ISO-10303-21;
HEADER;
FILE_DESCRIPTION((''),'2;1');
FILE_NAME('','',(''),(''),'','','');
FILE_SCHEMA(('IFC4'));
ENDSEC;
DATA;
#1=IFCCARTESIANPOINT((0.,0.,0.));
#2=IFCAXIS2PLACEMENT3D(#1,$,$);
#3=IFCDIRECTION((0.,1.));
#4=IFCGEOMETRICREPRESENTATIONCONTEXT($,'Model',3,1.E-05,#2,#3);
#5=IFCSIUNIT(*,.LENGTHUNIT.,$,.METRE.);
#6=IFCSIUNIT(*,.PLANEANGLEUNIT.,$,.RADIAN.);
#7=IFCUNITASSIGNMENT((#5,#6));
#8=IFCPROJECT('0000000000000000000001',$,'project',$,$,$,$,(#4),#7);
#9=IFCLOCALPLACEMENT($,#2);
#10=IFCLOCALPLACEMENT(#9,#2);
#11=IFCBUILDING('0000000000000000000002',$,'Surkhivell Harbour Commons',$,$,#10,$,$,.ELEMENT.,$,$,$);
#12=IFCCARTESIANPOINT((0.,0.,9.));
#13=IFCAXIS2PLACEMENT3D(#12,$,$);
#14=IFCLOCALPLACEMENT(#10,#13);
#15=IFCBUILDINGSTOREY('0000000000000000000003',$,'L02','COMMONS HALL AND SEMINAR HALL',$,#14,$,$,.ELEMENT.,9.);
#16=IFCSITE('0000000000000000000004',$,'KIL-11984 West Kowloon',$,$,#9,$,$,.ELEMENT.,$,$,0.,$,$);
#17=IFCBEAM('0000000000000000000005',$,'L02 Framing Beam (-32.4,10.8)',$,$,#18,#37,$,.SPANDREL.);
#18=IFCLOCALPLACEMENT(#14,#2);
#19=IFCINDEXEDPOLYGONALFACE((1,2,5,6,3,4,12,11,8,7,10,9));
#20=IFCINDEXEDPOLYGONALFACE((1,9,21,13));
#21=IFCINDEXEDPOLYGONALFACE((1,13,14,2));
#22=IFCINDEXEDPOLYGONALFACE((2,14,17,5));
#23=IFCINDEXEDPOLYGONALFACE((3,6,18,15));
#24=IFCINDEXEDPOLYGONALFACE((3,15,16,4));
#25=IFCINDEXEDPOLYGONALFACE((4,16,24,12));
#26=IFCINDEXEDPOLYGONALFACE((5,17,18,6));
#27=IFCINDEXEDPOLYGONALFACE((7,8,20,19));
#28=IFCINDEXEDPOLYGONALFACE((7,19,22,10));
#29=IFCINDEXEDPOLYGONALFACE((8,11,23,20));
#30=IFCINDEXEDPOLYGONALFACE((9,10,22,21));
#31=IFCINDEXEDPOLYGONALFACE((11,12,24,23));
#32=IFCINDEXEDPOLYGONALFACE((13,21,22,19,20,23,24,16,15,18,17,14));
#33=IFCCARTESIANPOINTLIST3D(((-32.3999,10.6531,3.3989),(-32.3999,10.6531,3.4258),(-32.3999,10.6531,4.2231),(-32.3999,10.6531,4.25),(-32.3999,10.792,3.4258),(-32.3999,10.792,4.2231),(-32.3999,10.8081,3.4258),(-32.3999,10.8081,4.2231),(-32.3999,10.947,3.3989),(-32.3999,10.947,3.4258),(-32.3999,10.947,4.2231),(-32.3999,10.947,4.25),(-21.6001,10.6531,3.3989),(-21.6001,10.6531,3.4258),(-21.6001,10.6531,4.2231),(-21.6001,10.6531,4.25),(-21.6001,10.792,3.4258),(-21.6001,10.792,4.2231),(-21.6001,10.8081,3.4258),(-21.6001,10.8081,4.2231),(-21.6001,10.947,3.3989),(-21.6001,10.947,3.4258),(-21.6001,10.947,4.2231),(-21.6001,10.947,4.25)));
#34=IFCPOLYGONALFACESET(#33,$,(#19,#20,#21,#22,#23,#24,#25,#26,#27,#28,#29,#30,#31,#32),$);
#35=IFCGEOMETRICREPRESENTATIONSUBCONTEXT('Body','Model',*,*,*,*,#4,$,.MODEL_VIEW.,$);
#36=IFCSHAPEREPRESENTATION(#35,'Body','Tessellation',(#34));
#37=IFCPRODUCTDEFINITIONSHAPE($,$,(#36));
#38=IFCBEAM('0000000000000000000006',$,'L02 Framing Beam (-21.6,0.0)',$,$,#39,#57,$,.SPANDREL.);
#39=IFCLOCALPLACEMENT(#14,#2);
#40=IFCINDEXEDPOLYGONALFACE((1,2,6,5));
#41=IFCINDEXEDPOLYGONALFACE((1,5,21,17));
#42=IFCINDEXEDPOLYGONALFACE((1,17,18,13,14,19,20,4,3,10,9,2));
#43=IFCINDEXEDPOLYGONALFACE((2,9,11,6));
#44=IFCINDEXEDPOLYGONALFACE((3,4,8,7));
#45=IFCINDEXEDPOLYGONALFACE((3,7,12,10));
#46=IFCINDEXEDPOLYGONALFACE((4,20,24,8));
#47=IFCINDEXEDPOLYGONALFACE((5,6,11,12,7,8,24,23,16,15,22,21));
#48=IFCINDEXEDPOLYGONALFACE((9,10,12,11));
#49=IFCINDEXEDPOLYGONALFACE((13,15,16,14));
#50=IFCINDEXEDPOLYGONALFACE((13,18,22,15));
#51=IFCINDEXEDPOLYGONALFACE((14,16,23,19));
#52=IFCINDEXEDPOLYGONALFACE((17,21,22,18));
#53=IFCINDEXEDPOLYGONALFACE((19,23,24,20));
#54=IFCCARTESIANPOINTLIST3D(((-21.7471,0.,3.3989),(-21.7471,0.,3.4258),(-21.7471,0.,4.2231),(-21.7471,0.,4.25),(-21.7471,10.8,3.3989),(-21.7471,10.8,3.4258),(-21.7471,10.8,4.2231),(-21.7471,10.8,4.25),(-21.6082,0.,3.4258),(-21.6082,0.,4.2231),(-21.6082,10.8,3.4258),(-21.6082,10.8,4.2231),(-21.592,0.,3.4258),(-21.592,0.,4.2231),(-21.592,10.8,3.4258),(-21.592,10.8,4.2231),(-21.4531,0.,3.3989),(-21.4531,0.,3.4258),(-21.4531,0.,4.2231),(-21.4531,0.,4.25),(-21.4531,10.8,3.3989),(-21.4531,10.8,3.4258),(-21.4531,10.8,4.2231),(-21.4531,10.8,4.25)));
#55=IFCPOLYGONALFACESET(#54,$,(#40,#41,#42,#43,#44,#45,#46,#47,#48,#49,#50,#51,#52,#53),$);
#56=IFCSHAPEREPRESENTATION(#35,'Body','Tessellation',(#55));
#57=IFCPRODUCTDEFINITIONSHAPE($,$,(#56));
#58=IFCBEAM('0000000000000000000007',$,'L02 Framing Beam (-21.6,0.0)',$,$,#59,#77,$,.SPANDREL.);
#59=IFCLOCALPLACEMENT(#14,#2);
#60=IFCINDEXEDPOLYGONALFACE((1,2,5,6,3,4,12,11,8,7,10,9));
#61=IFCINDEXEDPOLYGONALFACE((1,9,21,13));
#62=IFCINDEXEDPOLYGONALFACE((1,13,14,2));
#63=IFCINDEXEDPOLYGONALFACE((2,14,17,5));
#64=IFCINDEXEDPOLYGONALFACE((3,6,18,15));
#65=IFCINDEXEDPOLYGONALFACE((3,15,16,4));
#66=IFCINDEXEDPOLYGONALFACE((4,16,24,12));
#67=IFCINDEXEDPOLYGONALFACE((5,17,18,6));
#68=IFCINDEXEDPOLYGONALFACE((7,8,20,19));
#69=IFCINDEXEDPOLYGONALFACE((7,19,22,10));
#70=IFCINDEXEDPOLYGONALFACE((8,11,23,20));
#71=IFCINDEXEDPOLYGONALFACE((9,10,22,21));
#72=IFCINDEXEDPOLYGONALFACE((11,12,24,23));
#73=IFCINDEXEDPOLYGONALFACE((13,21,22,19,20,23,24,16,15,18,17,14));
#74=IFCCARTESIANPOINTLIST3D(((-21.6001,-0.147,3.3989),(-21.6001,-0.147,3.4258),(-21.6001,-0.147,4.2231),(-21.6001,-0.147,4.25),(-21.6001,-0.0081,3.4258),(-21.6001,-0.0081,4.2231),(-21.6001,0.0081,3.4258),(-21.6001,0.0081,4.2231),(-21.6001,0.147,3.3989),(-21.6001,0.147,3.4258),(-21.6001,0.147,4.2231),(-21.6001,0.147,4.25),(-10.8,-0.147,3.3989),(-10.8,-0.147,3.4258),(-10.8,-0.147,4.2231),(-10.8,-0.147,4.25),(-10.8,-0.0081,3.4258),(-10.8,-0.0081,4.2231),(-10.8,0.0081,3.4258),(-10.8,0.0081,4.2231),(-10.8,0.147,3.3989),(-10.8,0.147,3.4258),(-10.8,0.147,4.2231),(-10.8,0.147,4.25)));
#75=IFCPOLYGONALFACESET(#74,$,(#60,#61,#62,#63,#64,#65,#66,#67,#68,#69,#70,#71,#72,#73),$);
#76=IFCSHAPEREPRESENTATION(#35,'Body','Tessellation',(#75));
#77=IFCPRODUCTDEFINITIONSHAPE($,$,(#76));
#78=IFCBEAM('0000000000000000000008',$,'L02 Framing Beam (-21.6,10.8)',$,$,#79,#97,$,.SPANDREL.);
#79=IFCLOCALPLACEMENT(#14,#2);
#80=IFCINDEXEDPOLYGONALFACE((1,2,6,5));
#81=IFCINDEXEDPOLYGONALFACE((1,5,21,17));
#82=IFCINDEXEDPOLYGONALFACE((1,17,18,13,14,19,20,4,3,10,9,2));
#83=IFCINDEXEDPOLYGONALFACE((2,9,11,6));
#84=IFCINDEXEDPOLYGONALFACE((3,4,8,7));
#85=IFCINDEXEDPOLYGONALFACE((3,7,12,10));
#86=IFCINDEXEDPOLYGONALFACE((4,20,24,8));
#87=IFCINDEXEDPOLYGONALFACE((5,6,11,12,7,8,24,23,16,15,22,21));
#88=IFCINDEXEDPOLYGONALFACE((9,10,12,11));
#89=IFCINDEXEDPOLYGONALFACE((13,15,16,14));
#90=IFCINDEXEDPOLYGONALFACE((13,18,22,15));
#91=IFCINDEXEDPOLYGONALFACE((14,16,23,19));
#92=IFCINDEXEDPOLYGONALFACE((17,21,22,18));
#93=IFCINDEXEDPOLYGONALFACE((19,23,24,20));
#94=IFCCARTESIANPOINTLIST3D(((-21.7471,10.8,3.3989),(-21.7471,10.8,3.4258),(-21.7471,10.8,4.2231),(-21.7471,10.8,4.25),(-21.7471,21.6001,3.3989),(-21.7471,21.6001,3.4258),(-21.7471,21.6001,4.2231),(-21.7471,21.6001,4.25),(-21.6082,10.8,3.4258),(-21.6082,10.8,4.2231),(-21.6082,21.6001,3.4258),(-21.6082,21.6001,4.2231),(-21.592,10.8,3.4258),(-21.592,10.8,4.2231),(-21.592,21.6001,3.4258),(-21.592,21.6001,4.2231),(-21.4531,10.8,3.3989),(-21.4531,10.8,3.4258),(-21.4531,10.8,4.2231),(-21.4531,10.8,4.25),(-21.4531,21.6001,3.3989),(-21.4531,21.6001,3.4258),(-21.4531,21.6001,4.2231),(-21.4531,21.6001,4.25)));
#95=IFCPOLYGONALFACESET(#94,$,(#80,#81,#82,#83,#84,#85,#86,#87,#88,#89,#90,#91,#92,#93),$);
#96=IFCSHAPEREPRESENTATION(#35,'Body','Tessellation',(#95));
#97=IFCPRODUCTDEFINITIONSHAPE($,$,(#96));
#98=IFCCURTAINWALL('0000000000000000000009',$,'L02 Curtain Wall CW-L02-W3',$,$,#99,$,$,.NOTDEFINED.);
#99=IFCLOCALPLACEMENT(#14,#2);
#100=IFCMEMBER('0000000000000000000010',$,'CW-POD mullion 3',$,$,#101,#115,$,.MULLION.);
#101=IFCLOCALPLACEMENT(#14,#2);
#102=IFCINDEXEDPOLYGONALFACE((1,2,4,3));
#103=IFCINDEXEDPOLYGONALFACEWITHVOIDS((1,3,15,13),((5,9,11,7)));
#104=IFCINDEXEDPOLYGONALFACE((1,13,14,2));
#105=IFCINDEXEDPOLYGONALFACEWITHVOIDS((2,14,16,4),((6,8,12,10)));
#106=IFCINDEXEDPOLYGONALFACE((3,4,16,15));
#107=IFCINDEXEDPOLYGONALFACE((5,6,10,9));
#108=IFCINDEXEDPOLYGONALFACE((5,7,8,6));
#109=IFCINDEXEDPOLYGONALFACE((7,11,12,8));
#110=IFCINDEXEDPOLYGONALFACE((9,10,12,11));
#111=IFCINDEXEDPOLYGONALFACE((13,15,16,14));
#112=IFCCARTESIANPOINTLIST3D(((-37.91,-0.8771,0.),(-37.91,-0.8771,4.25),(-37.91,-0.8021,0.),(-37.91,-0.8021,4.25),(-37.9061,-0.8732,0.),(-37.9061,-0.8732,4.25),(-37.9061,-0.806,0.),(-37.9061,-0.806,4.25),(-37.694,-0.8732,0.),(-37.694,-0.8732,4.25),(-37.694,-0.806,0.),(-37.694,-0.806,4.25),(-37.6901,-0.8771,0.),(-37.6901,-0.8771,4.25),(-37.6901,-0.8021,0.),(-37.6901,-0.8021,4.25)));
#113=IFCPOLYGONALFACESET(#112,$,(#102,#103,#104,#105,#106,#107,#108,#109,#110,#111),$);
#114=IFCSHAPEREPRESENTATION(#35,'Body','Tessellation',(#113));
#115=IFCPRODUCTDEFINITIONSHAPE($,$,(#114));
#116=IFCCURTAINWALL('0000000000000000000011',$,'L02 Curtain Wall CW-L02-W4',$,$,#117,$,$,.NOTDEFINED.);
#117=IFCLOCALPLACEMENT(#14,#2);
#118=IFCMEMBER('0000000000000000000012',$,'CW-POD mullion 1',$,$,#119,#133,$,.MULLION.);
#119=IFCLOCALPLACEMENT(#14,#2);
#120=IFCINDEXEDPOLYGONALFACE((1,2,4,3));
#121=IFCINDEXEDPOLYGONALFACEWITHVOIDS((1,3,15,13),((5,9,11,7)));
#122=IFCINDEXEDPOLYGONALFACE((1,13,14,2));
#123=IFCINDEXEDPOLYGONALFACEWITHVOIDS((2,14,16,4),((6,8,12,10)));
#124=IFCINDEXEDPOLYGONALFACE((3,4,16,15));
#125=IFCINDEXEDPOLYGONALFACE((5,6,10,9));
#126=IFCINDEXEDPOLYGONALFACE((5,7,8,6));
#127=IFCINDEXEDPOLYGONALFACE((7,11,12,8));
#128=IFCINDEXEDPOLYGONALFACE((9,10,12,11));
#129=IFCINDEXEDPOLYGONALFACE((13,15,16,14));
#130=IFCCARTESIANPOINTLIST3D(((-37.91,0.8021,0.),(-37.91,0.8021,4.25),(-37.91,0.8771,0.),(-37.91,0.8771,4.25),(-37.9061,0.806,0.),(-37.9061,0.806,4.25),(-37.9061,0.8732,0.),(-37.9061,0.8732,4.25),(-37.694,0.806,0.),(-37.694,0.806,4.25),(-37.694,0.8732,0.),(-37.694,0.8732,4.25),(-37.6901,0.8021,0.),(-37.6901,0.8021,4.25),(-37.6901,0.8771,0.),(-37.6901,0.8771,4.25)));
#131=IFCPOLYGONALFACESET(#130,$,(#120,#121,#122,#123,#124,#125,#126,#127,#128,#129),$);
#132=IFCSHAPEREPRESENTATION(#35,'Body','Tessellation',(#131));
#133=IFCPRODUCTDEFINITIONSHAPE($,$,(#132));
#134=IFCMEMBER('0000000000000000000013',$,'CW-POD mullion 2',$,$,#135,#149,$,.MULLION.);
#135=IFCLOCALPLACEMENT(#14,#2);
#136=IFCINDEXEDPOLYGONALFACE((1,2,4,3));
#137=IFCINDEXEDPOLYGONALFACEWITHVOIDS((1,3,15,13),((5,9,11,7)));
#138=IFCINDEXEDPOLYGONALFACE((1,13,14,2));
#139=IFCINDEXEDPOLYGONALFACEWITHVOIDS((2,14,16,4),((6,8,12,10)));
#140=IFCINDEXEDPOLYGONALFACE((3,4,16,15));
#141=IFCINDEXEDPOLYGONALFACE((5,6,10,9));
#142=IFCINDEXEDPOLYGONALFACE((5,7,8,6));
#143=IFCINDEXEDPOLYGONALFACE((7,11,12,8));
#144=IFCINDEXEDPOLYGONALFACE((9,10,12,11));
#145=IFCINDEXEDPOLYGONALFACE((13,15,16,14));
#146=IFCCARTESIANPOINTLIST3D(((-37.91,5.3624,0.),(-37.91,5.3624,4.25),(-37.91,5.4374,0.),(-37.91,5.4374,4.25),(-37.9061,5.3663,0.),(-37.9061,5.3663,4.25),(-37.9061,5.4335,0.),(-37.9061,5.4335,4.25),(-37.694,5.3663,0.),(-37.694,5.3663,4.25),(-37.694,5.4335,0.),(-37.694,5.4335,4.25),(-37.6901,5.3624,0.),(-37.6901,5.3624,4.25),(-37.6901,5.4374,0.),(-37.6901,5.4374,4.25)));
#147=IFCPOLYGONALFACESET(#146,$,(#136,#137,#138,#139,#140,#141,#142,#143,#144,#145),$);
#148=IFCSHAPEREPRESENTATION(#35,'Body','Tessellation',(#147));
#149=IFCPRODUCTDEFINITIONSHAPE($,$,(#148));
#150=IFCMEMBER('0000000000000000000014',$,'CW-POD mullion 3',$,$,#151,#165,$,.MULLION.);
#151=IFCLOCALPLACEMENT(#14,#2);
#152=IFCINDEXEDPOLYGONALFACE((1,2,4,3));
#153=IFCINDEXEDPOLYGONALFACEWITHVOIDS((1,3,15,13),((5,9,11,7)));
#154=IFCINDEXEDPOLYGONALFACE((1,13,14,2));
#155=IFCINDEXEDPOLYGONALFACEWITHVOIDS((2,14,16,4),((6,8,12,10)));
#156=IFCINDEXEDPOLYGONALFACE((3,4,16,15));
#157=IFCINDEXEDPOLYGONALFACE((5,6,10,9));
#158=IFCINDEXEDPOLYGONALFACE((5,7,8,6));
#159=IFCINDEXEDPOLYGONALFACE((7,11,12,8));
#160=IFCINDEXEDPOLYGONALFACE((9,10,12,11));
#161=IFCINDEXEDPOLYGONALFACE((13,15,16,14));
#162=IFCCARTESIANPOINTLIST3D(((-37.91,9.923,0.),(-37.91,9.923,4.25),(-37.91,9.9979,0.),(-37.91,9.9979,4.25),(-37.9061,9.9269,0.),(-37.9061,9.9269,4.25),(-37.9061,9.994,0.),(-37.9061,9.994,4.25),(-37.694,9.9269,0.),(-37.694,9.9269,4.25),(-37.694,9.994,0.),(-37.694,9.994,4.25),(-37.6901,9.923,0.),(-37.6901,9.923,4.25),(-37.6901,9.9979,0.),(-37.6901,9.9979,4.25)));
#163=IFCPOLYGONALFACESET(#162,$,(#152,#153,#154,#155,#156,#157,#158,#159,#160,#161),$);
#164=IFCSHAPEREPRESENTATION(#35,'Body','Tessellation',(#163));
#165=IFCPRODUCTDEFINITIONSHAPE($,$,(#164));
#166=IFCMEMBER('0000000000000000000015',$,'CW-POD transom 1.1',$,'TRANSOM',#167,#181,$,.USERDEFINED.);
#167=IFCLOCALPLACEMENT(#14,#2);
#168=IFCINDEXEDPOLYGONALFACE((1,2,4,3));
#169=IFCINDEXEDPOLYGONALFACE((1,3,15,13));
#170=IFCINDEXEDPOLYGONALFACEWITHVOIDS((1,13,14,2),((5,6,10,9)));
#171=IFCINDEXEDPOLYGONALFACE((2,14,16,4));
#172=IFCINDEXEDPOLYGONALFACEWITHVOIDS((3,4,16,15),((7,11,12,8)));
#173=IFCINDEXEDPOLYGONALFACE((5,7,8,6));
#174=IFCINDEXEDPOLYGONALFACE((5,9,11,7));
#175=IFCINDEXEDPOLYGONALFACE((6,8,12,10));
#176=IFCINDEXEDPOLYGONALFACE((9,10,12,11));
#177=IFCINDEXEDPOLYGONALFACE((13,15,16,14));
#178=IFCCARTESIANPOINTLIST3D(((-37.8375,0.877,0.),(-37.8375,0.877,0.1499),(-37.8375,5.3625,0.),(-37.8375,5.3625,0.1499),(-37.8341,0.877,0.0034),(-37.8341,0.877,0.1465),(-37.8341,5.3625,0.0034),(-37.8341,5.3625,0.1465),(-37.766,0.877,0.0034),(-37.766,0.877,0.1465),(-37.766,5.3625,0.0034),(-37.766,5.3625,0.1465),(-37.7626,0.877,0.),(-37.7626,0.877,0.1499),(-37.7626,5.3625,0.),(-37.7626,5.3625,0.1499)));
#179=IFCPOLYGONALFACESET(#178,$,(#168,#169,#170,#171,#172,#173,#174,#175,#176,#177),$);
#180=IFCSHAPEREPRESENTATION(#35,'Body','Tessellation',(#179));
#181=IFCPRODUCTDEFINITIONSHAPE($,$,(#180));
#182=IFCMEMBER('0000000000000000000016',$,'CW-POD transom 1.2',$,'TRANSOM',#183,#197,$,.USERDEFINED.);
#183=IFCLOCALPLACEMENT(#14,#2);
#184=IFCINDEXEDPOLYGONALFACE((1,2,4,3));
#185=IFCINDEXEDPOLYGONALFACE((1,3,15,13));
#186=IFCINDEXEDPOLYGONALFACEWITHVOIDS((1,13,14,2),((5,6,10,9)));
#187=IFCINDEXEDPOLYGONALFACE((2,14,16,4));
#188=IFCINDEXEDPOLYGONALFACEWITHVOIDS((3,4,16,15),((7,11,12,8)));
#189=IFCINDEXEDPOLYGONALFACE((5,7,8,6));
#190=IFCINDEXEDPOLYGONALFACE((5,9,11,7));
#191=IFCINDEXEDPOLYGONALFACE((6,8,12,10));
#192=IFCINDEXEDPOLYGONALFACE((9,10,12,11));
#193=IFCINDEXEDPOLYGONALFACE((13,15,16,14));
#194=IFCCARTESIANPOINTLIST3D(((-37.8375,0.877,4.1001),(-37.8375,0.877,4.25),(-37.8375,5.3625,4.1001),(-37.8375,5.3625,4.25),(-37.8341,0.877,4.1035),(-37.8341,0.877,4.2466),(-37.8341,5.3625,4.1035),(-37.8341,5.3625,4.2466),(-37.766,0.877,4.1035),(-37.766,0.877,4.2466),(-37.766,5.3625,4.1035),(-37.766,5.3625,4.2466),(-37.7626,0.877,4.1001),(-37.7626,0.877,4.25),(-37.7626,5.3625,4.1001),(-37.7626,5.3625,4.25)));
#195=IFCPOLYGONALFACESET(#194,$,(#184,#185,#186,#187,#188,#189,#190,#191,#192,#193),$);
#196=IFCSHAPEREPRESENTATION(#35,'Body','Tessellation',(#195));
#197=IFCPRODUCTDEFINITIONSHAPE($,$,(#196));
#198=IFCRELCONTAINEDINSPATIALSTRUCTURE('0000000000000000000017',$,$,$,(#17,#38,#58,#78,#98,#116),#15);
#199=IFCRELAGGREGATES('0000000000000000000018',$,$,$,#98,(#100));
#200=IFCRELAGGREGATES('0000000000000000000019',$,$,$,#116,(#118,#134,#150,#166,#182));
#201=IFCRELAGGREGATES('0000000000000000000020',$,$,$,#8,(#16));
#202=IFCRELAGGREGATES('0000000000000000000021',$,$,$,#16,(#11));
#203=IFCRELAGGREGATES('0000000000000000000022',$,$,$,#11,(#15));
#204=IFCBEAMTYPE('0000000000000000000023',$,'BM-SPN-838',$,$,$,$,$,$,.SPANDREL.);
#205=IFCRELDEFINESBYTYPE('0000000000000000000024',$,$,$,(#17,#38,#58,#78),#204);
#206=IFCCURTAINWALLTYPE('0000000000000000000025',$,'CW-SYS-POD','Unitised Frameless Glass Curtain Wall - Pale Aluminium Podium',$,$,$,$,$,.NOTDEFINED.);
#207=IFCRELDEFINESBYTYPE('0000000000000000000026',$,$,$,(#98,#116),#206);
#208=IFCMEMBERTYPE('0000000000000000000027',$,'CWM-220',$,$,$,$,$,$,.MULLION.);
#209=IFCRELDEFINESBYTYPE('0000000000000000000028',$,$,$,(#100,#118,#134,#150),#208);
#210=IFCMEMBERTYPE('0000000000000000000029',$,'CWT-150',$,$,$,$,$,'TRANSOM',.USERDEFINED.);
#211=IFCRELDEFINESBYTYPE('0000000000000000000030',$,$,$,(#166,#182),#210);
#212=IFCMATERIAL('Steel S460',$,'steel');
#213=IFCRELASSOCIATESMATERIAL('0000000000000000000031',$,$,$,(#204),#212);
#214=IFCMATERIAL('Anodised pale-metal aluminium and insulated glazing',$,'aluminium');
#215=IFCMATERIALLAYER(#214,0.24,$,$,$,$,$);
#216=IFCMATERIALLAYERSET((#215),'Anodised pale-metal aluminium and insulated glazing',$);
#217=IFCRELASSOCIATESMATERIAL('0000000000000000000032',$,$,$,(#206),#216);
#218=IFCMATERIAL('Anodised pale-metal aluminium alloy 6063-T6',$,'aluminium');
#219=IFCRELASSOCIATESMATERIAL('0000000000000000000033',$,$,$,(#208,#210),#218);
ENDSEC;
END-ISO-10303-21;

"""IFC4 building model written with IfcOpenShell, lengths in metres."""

from ifc_helpers import new_model, si_unit, direction, frame, origin, origin_2d, place, context, subcontext, project, spatial, hollow_rectangle, i_section, extrude, material, layer, layer_set, material_profile, profile_set, type_object, element, aggregate, save


model = new_model("IFC4")

# Units and contexts
model_context = context("Model", 3, precision=1e-05, world=origin(), true_north=direction((0.0, 1.0)))
body_context = subcontext(model_context, "Body", "Model", "MODEL_VIEW")
ifc_project = project(units=[si_unit("LENGTHUNIT", "METRE"), si_unit("PLANEANGLEUNIT", "RADIAN")], contexts=[model_context])

# Site, building, storey
site_placement = place(None, origin())
site = spatial("IfcSite", under=ifc_project, at=site_placement, Name="KIL-11984 West Kowloon", CompositionType="ELEMENT", RefElevation=0.0)
building_placement = place(site_placement, origin())
building = spatial("IfcBuilding", under=site, at=building_placement, Name="Surkhivell Harbour Commons", CompositionType="ELEMENT")
storey_placement = place(building_placement, frame((0.0, 0.0, 9.0)))
storey = spatial("IfcBuildingStorey", under=building, at=storey_placement, Name="L02", Description="COMMONS HALL AND SEMINAR HALL", CompositionType="ELEMENT", Elevation=9.0)

# Beams
ifc_material_1 = material(Name="Steel S460", Category="steel")
ifc_material_profile_1 = material_profile(ifc_material_1, i_section(OverallWidth=0.2939, OverallDepth=0.8511, WebThickness=0.0161, FlangeThickness=0.0269, at=origin_2d()), Name="UB838x292x226")
ifc_profile_set_1 = profile_set([ifc_material_profile_1], Name="Steel S460")
beam_type = type_object("IfcBeamType", Name="BM-SPN-838", PredefinedType="SPANDREL", material=ifc_profile_set_1)
beam_1_placement = place(storey_placement, frame((-32.3999, 10.8, 3.8245), z_axis=(1.0, 0.0, 0.0), x_axis=(0.0, 1.0, 0.0)))
element("IfcBeam", 1, at=beam_1_placement, inside=storey, type_object=beam_type, Name="L02 Framing Beam (-32.4,10.8)", PredefinedType="SPANDREL", context=body_context, shape_type="SweptSolid", body=[
    extrude(i_section(OverallWidth=0.2939, OverallDepth=0.8511, WebThickness=0.0161, FlangeThickness=0.0269, at=origin_2d()), origin(), (0.0, 0.0, 1.0), 10.7998),
])
for number, where, z_axis, x_axis, name in (
    (2, (-21.6001, 0.0, 3.8245), (0.0, 1.0, 0.0), (-1.0, 0.0, 0.0), "L02 Framing Beam (-21.6,0.0)"),
    (3, (-21.6001, 0.0, 3.8245), (1.0, 0.0, 0.0), (0.0, 1.0, 0.0), "L02 Framing Beam (-21.6,0.0)"),
    (4, (-21.6001, 10.8, 3.8245), (0.0, 1.0, 0.0), (-1.0, 0.0, 0.0), "L02 Framing Beam (-21.6,10.8)"),
):
    element("IfcBeam", number, at=place(storey_placement, frame(where, z_axis=z_axis, x_axis=x_axis)), inside=storey, type_object=beam_type, Name=name, PredefinedType="SPANDREL", context=body_context, shape_type="SweptSolid", body=[
        extrude(i_section(OverallWidth=0.2939, OverallDepth=0.8511, WebThickness=0.0161, FlangeThickness=0.0269, at=origin_2d()), origin(), (0.0, 0.0, 1.0), 10.8),
    ])

# Curtain wall, member
ifc_material_2 = material(Name="Anodised pale-metal aluminium and insulated glazing", Category="aluminium")
ifc_layer_1 = layer(ifc_material_2, 0.24)
ifc_layer_set_1 = layer_set([ifc_layer_1], Name="Anodised pale-metal aluminium and insulated glazing")
curtain_wall_type = type_object("IfcCurtainWallType", Name="CW-SYS-POD", Description="Unitised Frameless Glass Curtain Wall - Pale Aluminium Podium", PredefinedType="NOTDEFINED", material=ifc_layer_set_1)
curtain_wall_1_placement = place(storey_placement, origin())
curtain_wall_1 = element("IfcCurtainWall", 5, at=curtain_wall_1_placement, inside=storey, type_object=curtain_wall_type, Name="L02 Curtain Wall CW-L02-W3", PredefinedType="NOTDEFINED")
ifc_material_3 = material(Name="Anodised pale-metal aluminium alloy 6063-T6", Category="aluminium")
ifc_material_profile_2 = material_profile(ifc_material_3, hollow_rectangle(XDim=0.075, YDim=0.22, WallThickness=0.0039, at=origin_2d()), Name="ALU-MULL-75x220")
ifc_profile_set_2 = profile_set([ifc_material_profile_2], Name="Anodised pale-metal aluminium alloy 6063-T6")
member_type_1 = type_object("IfcMemberType", Name="CWM-220", PredefinedType="MULLION", material=ifc_profile_set_2)
member_1_placement = place(storey_placement, frame((-37.8, -0.8396, 0.0), z_axis=(0.0, 0.0, 1.0), x_axis=(0.0, 1.0, 0.0)))
member_1 = element("IfcMember", 6, at=member_1_placement, type_object=member_type_1, Name="CW-POD mullion 3", PredefinedType="MULLION", context=body_context, shape_type="SweptSolid", body=[
    extrude(hollow_rectangle(XDim=0.075, YDim=0.22, WallThickness=0.0039, at=origin_2d()), origin(), (0.0, 0.0, 1.0), 4.25),
])
aggregate(curtain_wall_1, [member_1])

# Curtain wall, members
curtain_wall_2_placement = place(storey_placement, origin())
curtain_wall_2 = element("IfcCurtainWall", 7, at=curtain_wall_2_placement, inside=storey, type_object=curtain_wall_type, Name="L02 Curtain Wall CW-L02-W4", PredefinedType="NOTDEFINED")
member_2_placement = place(storey_placement, frame((-37.8, 0.8396, 0.0), z_axis=(0.0, 0.0, 1.0), x_axis=(0.0, 1.0, 0.0)))
member_2 = element("IfcMember", 8, at=member_2_placement, type_object=member_type_1, Name="CW-POD mullion 1", PredefinedType="MULLION", context=body_context, shape_type="SweptSolid", body=[
    extrude(hollow_rectangle(XDim=0.075, YDim=0.22, WallThickness=0.0039, at=origin_2d()), origin(), (0.0, 0.0, 1.0), 4.25),
])
member_3_placement = place(storey_placement, frame((-37.8, 5.3999, 0.0), z_axis=(0.0, 0.0, 1.0), x_axis=(0.0, 1.0, 0.0)))
member_3 = element("IfcMember", 9, at=member_3_placement, type_object=member_type_1, Name="CW-POD mullion 2", PredefinedType="MULLION", context=body_context, shape_type="SweptSolid", body=[
    extrude(hollow_rectangle(XDim=0.075, YDim=0.22, WallThickness=0.0039, at=origin_2d()), origin(), (0.0, 0.0, 1.0), 4.25),
])
member_4_placement = place(storey_placement, frame((-37.8, 9.9604, 0.0), z_axis=(0.0, 0.0, 1.0), x_axis=(0.0, 1.0, 0.0)))
member_4 = element("IfcMember", 10, at=member_4_placement, type_object=member_type_1, Name="CW-POD mullion 3", PredefinedType="MULLION", context=body_context, shape_type="SweptSolid", body=[
    extrude(hollow_rectangle(XDim=0.075, YDim=0.22, WallThickness=0.0039, at=origin_2d()), origin(), (0.0, 0.0, 1.0), 4.25),
])
ifc_material_profile_3 = material_profile(ifc_material_3, hollow_rectangle(XDim=0.075, YDim=0.1499, WallThickness=0.0034, at=origin_2d()), Name="ALU-TRAN-75x150")
ifc_profile_set_3 = profile_set([ifc_material_profile_3], Name="Anodised pale-metal aluminium alloy 6063-T6")
member_type_2 = type_object("IfcMemberType", Name="CWT-150", ElementType="TRANSOM", PredefinedType="USERDEFINED", material=ifc_profile_set_3)
member_5_placement = place(storey_placement, frame((-37.8, 0.877, 0.075), z_axis=(0.0, 1.0, 0.0), x_axis=(-1.0, 0.0, 0.0)))
member_5 = element("IfcMember", 11, at=member_5_placement, type_object=member_type_2, Name="CW-POD transom 1.1", ObjectType="TRANSOM", PredefinedType="USERDEFINED", context=body_context, shape_type="SweptSolid", body=[
    extrude(hollow_rectangle(XDim=0.075, YDim=0.1499, WallThickness=0.0034, at=origin_2d()), origin(), (0.0, 0.0, 1.0), 4.4856),
])
member_6_placement = place(storey_placement, frame((-37.8, 0.877, 4.175), z_axis=(0.0, 1.0, 0.0), x_axis=(-1.0, 0.0, 0.0)))
member_6 = element("IfcMember", 12, at=member_6_placement, type_object=member_type_2, Name="CW-POD transom 1.2", ObjectType="TRANSOM", PredefinedType="USERDEFINED", context=body_context, shape_type="SweptSolid", body=[
    extrude(hollow_rectangle(XDim=0.075, YDim=0.1499, WallThickness=0.0034, at=origin_2d()), origin(), (0.0, 0.0, 1.0), 4.4856),
])
aggregate(curtain_wall_2, [member_2, member_3, member_4, member_5, member_6])

save(model, "model.ifc")
